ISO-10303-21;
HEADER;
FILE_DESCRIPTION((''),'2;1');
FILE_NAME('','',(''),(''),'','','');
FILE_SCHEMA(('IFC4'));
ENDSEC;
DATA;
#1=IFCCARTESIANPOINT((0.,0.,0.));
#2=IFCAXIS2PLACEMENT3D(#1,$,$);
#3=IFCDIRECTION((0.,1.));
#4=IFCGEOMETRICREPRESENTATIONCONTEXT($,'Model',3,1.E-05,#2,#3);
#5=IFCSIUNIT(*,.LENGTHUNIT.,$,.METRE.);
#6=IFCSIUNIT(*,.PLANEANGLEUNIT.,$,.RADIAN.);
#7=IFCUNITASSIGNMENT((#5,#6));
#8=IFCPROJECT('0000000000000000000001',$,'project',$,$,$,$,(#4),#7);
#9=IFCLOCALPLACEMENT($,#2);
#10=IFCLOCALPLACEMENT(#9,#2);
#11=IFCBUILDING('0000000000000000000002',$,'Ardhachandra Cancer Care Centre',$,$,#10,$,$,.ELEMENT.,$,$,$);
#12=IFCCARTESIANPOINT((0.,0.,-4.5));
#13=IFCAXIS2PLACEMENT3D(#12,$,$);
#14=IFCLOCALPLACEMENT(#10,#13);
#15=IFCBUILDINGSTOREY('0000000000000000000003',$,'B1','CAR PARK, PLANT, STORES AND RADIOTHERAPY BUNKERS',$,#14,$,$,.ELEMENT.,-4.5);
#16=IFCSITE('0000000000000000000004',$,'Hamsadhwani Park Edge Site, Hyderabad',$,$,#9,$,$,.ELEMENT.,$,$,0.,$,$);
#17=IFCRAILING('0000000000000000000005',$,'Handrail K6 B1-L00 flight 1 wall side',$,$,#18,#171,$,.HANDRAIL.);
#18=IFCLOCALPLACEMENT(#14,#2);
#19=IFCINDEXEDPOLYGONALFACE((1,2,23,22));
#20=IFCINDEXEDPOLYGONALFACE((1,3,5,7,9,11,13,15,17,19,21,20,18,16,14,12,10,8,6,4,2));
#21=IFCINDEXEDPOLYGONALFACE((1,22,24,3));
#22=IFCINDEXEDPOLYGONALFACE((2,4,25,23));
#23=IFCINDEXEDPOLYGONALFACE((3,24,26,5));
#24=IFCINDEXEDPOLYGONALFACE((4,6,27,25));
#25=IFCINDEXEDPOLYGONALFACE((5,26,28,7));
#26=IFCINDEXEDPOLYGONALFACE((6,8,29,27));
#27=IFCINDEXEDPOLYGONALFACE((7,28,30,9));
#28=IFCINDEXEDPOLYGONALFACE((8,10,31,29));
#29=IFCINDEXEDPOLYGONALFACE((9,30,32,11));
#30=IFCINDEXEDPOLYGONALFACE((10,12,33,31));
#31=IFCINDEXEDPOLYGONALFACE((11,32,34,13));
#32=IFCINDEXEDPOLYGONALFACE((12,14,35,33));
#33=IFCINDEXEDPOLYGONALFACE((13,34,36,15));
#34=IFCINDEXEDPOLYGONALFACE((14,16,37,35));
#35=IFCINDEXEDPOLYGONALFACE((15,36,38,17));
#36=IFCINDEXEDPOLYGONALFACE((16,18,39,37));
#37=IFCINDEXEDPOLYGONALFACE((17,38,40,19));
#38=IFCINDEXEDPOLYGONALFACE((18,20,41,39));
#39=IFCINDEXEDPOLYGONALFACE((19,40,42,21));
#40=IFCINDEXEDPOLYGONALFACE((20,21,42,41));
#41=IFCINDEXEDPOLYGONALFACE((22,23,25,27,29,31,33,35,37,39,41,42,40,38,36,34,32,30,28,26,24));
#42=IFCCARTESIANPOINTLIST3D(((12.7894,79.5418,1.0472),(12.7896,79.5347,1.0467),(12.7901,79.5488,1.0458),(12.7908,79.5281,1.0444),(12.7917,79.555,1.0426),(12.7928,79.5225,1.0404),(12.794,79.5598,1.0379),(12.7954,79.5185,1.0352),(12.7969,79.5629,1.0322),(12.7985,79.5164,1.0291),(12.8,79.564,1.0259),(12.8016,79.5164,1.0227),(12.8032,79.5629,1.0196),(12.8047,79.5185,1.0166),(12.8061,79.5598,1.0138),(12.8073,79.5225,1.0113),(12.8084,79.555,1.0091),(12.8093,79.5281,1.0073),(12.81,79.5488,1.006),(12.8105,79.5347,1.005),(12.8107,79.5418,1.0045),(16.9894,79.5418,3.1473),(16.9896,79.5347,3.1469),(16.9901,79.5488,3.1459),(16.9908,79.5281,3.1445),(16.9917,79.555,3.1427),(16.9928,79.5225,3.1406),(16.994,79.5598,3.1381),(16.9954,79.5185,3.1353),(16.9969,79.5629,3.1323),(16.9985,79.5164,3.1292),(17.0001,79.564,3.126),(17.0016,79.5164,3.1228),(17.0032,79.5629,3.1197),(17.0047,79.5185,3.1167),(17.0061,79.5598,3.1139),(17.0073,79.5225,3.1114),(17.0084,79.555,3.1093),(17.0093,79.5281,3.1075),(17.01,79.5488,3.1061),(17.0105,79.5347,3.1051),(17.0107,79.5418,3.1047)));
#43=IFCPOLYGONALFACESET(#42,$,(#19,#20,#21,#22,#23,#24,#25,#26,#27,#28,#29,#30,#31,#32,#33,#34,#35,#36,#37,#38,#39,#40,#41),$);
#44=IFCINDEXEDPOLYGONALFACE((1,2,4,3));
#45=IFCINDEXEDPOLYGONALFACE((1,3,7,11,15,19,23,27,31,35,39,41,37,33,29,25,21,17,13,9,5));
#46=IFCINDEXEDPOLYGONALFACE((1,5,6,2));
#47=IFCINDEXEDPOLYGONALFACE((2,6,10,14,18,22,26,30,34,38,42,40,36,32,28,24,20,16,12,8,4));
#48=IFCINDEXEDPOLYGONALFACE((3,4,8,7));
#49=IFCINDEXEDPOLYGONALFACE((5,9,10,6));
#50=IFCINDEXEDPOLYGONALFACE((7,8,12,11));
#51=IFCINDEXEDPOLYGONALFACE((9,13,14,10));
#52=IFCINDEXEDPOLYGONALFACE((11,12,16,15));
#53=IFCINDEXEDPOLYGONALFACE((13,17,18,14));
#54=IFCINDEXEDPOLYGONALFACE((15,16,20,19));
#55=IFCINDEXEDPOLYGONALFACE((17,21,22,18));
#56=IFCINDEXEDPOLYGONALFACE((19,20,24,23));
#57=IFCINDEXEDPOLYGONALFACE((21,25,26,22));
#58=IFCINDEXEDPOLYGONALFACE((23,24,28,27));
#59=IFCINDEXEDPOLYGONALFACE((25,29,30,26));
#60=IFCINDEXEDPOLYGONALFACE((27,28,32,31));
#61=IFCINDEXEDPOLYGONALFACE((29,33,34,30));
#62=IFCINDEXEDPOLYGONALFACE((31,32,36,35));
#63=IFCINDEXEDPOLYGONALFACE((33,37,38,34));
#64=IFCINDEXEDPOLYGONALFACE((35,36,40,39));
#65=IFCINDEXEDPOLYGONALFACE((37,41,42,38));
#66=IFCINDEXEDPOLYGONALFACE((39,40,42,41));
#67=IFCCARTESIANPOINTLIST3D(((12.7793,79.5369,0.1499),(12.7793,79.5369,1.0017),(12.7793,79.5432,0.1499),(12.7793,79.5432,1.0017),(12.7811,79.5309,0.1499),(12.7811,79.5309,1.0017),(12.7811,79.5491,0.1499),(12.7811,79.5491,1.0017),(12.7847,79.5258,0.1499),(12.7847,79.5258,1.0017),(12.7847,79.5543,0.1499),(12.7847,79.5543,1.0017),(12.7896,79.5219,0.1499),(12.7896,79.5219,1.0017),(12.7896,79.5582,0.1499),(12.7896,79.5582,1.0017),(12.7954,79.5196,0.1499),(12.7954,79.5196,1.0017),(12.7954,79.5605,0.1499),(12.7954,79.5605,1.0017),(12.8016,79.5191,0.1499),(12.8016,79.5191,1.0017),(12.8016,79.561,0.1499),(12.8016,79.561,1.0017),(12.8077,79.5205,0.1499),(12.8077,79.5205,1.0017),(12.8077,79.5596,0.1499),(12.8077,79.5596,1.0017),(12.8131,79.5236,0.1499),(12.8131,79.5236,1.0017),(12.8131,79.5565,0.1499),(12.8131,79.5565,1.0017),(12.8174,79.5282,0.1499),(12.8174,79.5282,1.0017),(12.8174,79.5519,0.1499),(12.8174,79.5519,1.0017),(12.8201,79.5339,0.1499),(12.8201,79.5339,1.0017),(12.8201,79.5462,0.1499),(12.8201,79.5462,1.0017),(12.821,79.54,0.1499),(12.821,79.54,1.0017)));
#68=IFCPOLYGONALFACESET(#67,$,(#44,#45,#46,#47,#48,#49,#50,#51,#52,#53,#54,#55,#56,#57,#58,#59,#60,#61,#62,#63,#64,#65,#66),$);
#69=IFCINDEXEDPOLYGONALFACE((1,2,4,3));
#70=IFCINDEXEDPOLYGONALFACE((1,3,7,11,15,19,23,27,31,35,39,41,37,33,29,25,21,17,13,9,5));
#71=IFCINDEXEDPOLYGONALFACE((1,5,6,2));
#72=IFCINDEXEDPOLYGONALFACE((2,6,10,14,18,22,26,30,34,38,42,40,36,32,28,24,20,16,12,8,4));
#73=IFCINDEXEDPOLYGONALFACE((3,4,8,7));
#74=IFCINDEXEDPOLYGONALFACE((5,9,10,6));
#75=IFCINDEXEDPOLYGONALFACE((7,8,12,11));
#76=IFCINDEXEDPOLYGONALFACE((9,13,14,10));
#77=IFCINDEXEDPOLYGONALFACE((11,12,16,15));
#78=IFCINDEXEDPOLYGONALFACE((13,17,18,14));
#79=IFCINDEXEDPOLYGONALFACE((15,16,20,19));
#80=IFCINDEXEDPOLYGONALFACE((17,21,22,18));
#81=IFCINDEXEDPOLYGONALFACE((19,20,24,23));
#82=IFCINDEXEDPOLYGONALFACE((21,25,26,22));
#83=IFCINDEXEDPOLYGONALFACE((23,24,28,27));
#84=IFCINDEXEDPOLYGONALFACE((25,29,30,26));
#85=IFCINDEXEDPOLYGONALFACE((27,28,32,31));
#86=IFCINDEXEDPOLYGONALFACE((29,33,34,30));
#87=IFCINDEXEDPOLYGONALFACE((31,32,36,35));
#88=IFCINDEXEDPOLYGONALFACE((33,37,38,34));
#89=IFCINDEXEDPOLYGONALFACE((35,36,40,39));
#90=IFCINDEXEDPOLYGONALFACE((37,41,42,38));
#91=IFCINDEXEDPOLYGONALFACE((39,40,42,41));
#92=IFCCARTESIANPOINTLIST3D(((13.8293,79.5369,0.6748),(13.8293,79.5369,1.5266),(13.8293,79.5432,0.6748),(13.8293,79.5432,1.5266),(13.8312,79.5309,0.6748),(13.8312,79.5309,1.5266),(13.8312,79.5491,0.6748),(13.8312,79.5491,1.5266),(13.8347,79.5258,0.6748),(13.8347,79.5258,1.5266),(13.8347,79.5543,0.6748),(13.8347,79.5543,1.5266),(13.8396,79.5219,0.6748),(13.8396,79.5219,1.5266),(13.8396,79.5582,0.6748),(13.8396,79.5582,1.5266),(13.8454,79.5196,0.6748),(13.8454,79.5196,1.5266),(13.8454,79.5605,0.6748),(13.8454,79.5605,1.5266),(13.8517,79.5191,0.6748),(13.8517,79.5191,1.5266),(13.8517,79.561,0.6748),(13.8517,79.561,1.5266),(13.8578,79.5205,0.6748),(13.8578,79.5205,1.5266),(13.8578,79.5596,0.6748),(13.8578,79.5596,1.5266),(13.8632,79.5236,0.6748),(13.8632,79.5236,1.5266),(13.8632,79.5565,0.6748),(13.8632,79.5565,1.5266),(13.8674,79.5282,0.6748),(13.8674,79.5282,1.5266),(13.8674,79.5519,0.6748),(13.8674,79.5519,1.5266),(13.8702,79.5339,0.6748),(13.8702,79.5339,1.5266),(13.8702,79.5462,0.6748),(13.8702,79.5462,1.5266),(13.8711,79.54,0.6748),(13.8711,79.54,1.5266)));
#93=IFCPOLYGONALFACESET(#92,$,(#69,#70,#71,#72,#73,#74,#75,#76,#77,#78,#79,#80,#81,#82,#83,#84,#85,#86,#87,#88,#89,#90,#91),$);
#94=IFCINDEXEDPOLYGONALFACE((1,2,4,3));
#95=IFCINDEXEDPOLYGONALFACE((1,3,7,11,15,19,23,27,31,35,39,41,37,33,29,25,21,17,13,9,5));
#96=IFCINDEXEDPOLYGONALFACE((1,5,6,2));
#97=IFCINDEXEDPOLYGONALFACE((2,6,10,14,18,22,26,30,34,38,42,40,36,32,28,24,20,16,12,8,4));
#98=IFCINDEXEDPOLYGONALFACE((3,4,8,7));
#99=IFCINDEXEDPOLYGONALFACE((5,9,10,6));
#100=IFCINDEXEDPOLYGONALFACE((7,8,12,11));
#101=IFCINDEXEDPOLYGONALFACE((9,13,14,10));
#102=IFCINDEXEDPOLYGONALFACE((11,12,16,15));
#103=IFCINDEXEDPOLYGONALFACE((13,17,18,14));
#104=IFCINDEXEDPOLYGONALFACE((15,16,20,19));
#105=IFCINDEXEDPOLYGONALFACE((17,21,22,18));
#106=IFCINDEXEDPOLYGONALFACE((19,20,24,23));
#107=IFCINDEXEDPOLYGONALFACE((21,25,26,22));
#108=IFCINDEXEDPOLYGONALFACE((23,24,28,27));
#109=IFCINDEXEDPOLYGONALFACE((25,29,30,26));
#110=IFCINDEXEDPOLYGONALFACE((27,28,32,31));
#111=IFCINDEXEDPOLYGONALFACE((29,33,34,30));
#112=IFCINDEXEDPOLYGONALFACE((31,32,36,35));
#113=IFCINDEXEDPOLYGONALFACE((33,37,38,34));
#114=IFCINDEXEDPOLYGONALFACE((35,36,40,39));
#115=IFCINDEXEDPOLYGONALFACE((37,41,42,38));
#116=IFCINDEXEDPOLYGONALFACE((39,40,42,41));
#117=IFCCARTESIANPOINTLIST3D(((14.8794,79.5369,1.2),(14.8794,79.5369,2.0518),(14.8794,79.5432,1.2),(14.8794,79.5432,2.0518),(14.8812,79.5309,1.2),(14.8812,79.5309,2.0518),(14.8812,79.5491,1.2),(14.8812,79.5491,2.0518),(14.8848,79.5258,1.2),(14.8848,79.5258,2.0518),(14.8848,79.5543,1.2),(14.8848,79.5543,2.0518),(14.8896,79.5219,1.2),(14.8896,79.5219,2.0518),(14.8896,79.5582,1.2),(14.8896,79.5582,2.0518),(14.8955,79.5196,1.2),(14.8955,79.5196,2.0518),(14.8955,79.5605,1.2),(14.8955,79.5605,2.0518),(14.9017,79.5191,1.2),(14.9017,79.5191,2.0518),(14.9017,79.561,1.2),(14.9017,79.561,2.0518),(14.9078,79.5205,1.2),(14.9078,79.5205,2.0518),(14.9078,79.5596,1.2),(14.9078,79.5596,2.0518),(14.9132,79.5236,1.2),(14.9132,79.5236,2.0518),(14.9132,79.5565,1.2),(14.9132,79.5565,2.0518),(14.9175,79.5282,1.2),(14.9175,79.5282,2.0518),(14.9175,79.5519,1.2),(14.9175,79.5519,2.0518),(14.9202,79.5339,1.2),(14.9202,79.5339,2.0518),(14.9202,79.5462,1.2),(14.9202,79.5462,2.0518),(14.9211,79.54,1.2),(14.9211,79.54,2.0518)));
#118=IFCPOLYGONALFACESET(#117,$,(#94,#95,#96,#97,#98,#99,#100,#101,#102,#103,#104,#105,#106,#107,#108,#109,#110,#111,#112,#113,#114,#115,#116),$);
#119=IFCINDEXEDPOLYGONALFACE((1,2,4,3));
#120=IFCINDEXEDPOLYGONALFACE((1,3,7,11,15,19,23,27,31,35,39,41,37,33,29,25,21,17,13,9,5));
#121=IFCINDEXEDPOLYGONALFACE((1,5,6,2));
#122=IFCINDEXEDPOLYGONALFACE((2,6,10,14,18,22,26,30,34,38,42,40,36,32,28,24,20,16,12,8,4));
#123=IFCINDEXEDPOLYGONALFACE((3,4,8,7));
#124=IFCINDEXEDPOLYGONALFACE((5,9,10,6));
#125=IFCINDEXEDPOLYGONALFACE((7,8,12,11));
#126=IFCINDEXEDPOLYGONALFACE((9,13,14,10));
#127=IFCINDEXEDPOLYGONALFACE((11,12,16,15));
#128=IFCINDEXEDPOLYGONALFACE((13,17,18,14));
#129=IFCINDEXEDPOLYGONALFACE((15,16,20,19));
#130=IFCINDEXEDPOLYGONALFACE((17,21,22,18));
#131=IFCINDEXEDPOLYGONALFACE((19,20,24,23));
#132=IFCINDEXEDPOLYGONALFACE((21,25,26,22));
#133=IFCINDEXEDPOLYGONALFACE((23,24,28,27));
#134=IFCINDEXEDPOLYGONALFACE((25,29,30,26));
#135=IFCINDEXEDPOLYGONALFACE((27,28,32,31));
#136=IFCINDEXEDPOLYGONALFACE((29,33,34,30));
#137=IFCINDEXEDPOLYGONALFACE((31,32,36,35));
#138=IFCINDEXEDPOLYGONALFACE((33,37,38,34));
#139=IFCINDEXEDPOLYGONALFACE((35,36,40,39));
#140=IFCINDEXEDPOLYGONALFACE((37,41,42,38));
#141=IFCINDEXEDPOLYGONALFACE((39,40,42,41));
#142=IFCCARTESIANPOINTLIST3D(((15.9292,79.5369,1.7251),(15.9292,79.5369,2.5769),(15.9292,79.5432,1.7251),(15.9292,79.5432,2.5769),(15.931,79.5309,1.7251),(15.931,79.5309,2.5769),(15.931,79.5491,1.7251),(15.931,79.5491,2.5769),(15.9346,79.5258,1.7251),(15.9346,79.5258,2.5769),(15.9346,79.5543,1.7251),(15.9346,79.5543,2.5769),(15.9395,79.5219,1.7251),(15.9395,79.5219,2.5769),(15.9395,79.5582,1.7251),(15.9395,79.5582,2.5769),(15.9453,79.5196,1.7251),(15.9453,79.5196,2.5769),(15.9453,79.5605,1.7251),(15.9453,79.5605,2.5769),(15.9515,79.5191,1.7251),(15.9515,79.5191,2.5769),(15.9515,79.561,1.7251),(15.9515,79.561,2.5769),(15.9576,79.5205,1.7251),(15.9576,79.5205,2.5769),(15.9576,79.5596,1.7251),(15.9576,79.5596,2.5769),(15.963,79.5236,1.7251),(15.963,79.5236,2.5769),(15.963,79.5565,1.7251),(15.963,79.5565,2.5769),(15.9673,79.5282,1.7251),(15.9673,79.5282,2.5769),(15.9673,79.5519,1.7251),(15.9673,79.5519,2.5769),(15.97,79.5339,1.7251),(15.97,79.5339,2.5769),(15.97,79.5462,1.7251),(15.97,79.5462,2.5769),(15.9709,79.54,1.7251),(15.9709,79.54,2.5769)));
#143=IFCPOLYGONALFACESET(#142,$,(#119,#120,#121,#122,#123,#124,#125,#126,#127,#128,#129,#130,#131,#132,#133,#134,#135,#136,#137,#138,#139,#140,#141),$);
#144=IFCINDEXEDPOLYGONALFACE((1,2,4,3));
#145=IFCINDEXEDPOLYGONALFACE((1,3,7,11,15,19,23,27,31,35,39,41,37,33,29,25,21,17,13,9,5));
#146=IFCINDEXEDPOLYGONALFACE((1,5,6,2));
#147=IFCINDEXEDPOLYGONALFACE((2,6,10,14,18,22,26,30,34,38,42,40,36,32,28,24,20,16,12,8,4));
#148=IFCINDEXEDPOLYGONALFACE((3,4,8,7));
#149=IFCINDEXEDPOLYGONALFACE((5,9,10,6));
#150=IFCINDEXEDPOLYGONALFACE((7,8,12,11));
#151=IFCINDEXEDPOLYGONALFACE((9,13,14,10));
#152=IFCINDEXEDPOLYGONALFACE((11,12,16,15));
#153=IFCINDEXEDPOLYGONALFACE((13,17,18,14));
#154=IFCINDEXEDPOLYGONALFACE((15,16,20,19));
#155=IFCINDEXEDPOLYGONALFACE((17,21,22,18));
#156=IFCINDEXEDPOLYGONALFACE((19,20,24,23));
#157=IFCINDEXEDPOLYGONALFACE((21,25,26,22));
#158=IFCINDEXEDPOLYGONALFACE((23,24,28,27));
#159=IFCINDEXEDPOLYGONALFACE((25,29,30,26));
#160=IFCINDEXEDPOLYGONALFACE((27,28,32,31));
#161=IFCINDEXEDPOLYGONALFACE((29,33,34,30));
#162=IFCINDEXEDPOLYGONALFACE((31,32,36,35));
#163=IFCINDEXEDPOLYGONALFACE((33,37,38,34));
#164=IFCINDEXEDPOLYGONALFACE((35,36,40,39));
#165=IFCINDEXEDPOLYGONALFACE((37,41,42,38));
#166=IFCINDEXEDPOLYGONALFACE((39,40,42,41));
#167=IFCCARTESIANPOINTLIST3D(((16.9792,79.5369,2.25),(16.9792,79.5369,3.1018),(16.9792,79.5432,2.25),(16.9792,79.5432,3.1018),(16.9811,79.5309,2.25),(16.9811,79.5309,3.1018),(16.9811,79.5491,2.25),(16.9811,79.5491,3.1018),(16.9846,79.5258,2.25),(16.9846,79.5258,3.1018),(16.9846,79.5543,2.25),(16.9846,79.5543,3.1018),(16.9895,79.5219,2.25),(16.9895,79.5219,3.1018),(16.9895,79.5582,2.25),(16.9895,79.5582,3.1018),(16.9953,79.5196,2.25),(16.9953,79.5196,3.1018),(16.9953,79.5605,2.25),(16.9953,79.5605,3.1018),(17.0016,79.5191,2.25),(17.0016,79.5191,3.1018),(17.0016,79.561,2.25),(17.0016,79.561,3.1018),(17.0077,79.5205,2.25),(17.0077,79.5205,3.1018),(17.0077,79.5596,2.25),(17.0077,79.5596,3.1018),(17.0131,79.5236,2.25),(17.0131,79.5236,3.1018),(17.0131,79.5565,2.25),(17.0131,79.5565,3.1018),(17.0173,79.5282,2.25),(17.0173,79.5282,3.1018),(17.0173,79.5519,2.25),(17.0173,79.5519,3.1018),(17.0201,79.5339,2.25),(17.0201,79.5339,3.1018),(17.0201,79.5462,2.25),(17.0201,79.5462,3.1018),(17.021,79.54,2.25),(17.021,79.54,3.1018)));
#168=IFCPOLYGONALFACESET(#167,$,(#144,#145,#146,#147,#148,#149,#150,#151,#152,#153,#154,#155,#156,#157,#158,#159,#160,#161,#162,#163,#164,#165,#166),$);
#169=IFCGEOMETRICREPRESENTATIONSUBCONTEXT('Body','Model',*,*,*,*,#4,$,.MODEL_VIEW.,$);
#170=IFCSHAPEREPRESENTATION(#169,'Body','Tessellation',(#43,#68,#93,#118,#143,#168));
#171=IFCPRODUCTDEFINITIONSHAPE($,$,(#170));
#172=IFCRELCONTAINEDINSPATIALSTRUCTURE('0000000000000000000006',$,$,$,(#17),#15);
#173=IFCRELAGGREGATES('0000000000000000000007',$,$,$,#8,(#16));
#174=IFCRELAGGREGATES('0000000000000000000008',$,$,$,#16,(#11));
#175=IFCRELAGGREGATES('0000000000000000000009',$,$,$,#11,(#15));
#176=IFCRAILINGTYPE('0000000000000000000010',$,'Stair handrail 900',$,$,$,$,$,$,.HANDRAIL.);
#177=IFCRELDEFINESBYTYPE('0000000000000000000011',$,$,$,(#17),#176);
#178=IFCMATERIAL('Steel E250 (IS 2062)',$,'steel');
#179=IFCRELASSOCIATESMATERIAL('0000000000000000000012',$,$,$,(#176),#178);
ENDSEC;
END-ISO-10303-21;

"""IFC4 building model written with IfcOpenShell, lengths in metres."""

from ifc_helpers import new_model, si_unit, direction, frame, origin, origin_2d, place, context, subcontext, project, spatial, circle, extrude, material, type_object, element, save


model = new_model("IFC4")

# Units and contexts
model_context = context("Model", 3, precision=1e-05, world=origin(), true_north=direction((0.0, 1.0)))
body_context = subcontext(model_context, "Body", "Model", "MODEL_VIEW")
ifc_project = project(units=[si_unit("LENGTHUNIT", "METRE"), si_unit("PLANEANGLEUNIT", "RADIAN")], contexts=[model_context])

# Site, building, storey
site_placement = place(None, origin())
site = spatial("IfcSite", under=ifc_project, at=site_placement, Name="Hamsadhwani Park Edge Site, Hyderabad", CompositionType="ELEMENT", RefElevation=0.0)
building_placement = place(site_placement, origin())
building = spatial("IfcBuilding", under=site, at=building_placement, Name="Ardhachandra Cancer Care Centre", CompositionType="ELEMENT")
storey_placement = place(building_placement, frame((0.0, 0.0, -4.5)))
storey = spatial("IfcBuildingStorey", under=building, at=storey_placement, Name="B1", Description="CAR PARK, PLANT, STORES AND RADIOTHERAPY BUNKERS", CompositionType="ELEMENT", Elevation=-4.5)

# Railing
ifc_material_1 = material(Name="Steel E250 (IS 2062)", Category="steel")
railing_type = type_object("IfcRailingType", Name="Stair handrail 900", PredefinedType="HANDRAIL", material=ifc_material_1)
railing_1_placement = place(storey_placement, frame((12.8, 79.54, 0.1499)))
element("IfcRailing", 1, at=railing_1_placement, inside=storey, type_object=railing_type, Name="Handrail K6 B1-L00 flight 1 wall side", PredefinedType="HANDRAIL", context=body_context, shape_type="SweptSolid", body=[
    extrude(circle(Radius=0.0239, at=origin_2d()), frame((0.0, 0.0, 0.876), z_axis=(0.894417, 0.0, 0.447234), x_axis=(0.0, 1.0, 0.0)), (0.0, 0.0, 1.0), 4.6958),
    extrude(circle(Radius=0.021, at=origin_2d()), origin(), (0.0, 0.0, 1.0), 0.8518),
    extrude(circle(Radius=0.021, at=origin_2d()), frame((1.05, 0.0, 0.5249)), (0.0, 0.0, 1.0), 0.8518),
    extrude(circle(Radius=0.021, at=origin_2d()), frame((2.1001, 0.0, 1.05)), (0.0, 0.0, 1.0), 0.8518),
    extrude(circle(Radius=0.021, at=origin_2d()), frame((3.1499, 0.0, 1.5752)), (0.0, 0.0, 1.0), 0.8518),
    extrude(circle(Radius=0.021, at=origin_2d()), frame((4.2, 0.0, 2.1001)), (0.0, 0.0, 1.0), 0.8518),
])

save(model, "model.ifc")
